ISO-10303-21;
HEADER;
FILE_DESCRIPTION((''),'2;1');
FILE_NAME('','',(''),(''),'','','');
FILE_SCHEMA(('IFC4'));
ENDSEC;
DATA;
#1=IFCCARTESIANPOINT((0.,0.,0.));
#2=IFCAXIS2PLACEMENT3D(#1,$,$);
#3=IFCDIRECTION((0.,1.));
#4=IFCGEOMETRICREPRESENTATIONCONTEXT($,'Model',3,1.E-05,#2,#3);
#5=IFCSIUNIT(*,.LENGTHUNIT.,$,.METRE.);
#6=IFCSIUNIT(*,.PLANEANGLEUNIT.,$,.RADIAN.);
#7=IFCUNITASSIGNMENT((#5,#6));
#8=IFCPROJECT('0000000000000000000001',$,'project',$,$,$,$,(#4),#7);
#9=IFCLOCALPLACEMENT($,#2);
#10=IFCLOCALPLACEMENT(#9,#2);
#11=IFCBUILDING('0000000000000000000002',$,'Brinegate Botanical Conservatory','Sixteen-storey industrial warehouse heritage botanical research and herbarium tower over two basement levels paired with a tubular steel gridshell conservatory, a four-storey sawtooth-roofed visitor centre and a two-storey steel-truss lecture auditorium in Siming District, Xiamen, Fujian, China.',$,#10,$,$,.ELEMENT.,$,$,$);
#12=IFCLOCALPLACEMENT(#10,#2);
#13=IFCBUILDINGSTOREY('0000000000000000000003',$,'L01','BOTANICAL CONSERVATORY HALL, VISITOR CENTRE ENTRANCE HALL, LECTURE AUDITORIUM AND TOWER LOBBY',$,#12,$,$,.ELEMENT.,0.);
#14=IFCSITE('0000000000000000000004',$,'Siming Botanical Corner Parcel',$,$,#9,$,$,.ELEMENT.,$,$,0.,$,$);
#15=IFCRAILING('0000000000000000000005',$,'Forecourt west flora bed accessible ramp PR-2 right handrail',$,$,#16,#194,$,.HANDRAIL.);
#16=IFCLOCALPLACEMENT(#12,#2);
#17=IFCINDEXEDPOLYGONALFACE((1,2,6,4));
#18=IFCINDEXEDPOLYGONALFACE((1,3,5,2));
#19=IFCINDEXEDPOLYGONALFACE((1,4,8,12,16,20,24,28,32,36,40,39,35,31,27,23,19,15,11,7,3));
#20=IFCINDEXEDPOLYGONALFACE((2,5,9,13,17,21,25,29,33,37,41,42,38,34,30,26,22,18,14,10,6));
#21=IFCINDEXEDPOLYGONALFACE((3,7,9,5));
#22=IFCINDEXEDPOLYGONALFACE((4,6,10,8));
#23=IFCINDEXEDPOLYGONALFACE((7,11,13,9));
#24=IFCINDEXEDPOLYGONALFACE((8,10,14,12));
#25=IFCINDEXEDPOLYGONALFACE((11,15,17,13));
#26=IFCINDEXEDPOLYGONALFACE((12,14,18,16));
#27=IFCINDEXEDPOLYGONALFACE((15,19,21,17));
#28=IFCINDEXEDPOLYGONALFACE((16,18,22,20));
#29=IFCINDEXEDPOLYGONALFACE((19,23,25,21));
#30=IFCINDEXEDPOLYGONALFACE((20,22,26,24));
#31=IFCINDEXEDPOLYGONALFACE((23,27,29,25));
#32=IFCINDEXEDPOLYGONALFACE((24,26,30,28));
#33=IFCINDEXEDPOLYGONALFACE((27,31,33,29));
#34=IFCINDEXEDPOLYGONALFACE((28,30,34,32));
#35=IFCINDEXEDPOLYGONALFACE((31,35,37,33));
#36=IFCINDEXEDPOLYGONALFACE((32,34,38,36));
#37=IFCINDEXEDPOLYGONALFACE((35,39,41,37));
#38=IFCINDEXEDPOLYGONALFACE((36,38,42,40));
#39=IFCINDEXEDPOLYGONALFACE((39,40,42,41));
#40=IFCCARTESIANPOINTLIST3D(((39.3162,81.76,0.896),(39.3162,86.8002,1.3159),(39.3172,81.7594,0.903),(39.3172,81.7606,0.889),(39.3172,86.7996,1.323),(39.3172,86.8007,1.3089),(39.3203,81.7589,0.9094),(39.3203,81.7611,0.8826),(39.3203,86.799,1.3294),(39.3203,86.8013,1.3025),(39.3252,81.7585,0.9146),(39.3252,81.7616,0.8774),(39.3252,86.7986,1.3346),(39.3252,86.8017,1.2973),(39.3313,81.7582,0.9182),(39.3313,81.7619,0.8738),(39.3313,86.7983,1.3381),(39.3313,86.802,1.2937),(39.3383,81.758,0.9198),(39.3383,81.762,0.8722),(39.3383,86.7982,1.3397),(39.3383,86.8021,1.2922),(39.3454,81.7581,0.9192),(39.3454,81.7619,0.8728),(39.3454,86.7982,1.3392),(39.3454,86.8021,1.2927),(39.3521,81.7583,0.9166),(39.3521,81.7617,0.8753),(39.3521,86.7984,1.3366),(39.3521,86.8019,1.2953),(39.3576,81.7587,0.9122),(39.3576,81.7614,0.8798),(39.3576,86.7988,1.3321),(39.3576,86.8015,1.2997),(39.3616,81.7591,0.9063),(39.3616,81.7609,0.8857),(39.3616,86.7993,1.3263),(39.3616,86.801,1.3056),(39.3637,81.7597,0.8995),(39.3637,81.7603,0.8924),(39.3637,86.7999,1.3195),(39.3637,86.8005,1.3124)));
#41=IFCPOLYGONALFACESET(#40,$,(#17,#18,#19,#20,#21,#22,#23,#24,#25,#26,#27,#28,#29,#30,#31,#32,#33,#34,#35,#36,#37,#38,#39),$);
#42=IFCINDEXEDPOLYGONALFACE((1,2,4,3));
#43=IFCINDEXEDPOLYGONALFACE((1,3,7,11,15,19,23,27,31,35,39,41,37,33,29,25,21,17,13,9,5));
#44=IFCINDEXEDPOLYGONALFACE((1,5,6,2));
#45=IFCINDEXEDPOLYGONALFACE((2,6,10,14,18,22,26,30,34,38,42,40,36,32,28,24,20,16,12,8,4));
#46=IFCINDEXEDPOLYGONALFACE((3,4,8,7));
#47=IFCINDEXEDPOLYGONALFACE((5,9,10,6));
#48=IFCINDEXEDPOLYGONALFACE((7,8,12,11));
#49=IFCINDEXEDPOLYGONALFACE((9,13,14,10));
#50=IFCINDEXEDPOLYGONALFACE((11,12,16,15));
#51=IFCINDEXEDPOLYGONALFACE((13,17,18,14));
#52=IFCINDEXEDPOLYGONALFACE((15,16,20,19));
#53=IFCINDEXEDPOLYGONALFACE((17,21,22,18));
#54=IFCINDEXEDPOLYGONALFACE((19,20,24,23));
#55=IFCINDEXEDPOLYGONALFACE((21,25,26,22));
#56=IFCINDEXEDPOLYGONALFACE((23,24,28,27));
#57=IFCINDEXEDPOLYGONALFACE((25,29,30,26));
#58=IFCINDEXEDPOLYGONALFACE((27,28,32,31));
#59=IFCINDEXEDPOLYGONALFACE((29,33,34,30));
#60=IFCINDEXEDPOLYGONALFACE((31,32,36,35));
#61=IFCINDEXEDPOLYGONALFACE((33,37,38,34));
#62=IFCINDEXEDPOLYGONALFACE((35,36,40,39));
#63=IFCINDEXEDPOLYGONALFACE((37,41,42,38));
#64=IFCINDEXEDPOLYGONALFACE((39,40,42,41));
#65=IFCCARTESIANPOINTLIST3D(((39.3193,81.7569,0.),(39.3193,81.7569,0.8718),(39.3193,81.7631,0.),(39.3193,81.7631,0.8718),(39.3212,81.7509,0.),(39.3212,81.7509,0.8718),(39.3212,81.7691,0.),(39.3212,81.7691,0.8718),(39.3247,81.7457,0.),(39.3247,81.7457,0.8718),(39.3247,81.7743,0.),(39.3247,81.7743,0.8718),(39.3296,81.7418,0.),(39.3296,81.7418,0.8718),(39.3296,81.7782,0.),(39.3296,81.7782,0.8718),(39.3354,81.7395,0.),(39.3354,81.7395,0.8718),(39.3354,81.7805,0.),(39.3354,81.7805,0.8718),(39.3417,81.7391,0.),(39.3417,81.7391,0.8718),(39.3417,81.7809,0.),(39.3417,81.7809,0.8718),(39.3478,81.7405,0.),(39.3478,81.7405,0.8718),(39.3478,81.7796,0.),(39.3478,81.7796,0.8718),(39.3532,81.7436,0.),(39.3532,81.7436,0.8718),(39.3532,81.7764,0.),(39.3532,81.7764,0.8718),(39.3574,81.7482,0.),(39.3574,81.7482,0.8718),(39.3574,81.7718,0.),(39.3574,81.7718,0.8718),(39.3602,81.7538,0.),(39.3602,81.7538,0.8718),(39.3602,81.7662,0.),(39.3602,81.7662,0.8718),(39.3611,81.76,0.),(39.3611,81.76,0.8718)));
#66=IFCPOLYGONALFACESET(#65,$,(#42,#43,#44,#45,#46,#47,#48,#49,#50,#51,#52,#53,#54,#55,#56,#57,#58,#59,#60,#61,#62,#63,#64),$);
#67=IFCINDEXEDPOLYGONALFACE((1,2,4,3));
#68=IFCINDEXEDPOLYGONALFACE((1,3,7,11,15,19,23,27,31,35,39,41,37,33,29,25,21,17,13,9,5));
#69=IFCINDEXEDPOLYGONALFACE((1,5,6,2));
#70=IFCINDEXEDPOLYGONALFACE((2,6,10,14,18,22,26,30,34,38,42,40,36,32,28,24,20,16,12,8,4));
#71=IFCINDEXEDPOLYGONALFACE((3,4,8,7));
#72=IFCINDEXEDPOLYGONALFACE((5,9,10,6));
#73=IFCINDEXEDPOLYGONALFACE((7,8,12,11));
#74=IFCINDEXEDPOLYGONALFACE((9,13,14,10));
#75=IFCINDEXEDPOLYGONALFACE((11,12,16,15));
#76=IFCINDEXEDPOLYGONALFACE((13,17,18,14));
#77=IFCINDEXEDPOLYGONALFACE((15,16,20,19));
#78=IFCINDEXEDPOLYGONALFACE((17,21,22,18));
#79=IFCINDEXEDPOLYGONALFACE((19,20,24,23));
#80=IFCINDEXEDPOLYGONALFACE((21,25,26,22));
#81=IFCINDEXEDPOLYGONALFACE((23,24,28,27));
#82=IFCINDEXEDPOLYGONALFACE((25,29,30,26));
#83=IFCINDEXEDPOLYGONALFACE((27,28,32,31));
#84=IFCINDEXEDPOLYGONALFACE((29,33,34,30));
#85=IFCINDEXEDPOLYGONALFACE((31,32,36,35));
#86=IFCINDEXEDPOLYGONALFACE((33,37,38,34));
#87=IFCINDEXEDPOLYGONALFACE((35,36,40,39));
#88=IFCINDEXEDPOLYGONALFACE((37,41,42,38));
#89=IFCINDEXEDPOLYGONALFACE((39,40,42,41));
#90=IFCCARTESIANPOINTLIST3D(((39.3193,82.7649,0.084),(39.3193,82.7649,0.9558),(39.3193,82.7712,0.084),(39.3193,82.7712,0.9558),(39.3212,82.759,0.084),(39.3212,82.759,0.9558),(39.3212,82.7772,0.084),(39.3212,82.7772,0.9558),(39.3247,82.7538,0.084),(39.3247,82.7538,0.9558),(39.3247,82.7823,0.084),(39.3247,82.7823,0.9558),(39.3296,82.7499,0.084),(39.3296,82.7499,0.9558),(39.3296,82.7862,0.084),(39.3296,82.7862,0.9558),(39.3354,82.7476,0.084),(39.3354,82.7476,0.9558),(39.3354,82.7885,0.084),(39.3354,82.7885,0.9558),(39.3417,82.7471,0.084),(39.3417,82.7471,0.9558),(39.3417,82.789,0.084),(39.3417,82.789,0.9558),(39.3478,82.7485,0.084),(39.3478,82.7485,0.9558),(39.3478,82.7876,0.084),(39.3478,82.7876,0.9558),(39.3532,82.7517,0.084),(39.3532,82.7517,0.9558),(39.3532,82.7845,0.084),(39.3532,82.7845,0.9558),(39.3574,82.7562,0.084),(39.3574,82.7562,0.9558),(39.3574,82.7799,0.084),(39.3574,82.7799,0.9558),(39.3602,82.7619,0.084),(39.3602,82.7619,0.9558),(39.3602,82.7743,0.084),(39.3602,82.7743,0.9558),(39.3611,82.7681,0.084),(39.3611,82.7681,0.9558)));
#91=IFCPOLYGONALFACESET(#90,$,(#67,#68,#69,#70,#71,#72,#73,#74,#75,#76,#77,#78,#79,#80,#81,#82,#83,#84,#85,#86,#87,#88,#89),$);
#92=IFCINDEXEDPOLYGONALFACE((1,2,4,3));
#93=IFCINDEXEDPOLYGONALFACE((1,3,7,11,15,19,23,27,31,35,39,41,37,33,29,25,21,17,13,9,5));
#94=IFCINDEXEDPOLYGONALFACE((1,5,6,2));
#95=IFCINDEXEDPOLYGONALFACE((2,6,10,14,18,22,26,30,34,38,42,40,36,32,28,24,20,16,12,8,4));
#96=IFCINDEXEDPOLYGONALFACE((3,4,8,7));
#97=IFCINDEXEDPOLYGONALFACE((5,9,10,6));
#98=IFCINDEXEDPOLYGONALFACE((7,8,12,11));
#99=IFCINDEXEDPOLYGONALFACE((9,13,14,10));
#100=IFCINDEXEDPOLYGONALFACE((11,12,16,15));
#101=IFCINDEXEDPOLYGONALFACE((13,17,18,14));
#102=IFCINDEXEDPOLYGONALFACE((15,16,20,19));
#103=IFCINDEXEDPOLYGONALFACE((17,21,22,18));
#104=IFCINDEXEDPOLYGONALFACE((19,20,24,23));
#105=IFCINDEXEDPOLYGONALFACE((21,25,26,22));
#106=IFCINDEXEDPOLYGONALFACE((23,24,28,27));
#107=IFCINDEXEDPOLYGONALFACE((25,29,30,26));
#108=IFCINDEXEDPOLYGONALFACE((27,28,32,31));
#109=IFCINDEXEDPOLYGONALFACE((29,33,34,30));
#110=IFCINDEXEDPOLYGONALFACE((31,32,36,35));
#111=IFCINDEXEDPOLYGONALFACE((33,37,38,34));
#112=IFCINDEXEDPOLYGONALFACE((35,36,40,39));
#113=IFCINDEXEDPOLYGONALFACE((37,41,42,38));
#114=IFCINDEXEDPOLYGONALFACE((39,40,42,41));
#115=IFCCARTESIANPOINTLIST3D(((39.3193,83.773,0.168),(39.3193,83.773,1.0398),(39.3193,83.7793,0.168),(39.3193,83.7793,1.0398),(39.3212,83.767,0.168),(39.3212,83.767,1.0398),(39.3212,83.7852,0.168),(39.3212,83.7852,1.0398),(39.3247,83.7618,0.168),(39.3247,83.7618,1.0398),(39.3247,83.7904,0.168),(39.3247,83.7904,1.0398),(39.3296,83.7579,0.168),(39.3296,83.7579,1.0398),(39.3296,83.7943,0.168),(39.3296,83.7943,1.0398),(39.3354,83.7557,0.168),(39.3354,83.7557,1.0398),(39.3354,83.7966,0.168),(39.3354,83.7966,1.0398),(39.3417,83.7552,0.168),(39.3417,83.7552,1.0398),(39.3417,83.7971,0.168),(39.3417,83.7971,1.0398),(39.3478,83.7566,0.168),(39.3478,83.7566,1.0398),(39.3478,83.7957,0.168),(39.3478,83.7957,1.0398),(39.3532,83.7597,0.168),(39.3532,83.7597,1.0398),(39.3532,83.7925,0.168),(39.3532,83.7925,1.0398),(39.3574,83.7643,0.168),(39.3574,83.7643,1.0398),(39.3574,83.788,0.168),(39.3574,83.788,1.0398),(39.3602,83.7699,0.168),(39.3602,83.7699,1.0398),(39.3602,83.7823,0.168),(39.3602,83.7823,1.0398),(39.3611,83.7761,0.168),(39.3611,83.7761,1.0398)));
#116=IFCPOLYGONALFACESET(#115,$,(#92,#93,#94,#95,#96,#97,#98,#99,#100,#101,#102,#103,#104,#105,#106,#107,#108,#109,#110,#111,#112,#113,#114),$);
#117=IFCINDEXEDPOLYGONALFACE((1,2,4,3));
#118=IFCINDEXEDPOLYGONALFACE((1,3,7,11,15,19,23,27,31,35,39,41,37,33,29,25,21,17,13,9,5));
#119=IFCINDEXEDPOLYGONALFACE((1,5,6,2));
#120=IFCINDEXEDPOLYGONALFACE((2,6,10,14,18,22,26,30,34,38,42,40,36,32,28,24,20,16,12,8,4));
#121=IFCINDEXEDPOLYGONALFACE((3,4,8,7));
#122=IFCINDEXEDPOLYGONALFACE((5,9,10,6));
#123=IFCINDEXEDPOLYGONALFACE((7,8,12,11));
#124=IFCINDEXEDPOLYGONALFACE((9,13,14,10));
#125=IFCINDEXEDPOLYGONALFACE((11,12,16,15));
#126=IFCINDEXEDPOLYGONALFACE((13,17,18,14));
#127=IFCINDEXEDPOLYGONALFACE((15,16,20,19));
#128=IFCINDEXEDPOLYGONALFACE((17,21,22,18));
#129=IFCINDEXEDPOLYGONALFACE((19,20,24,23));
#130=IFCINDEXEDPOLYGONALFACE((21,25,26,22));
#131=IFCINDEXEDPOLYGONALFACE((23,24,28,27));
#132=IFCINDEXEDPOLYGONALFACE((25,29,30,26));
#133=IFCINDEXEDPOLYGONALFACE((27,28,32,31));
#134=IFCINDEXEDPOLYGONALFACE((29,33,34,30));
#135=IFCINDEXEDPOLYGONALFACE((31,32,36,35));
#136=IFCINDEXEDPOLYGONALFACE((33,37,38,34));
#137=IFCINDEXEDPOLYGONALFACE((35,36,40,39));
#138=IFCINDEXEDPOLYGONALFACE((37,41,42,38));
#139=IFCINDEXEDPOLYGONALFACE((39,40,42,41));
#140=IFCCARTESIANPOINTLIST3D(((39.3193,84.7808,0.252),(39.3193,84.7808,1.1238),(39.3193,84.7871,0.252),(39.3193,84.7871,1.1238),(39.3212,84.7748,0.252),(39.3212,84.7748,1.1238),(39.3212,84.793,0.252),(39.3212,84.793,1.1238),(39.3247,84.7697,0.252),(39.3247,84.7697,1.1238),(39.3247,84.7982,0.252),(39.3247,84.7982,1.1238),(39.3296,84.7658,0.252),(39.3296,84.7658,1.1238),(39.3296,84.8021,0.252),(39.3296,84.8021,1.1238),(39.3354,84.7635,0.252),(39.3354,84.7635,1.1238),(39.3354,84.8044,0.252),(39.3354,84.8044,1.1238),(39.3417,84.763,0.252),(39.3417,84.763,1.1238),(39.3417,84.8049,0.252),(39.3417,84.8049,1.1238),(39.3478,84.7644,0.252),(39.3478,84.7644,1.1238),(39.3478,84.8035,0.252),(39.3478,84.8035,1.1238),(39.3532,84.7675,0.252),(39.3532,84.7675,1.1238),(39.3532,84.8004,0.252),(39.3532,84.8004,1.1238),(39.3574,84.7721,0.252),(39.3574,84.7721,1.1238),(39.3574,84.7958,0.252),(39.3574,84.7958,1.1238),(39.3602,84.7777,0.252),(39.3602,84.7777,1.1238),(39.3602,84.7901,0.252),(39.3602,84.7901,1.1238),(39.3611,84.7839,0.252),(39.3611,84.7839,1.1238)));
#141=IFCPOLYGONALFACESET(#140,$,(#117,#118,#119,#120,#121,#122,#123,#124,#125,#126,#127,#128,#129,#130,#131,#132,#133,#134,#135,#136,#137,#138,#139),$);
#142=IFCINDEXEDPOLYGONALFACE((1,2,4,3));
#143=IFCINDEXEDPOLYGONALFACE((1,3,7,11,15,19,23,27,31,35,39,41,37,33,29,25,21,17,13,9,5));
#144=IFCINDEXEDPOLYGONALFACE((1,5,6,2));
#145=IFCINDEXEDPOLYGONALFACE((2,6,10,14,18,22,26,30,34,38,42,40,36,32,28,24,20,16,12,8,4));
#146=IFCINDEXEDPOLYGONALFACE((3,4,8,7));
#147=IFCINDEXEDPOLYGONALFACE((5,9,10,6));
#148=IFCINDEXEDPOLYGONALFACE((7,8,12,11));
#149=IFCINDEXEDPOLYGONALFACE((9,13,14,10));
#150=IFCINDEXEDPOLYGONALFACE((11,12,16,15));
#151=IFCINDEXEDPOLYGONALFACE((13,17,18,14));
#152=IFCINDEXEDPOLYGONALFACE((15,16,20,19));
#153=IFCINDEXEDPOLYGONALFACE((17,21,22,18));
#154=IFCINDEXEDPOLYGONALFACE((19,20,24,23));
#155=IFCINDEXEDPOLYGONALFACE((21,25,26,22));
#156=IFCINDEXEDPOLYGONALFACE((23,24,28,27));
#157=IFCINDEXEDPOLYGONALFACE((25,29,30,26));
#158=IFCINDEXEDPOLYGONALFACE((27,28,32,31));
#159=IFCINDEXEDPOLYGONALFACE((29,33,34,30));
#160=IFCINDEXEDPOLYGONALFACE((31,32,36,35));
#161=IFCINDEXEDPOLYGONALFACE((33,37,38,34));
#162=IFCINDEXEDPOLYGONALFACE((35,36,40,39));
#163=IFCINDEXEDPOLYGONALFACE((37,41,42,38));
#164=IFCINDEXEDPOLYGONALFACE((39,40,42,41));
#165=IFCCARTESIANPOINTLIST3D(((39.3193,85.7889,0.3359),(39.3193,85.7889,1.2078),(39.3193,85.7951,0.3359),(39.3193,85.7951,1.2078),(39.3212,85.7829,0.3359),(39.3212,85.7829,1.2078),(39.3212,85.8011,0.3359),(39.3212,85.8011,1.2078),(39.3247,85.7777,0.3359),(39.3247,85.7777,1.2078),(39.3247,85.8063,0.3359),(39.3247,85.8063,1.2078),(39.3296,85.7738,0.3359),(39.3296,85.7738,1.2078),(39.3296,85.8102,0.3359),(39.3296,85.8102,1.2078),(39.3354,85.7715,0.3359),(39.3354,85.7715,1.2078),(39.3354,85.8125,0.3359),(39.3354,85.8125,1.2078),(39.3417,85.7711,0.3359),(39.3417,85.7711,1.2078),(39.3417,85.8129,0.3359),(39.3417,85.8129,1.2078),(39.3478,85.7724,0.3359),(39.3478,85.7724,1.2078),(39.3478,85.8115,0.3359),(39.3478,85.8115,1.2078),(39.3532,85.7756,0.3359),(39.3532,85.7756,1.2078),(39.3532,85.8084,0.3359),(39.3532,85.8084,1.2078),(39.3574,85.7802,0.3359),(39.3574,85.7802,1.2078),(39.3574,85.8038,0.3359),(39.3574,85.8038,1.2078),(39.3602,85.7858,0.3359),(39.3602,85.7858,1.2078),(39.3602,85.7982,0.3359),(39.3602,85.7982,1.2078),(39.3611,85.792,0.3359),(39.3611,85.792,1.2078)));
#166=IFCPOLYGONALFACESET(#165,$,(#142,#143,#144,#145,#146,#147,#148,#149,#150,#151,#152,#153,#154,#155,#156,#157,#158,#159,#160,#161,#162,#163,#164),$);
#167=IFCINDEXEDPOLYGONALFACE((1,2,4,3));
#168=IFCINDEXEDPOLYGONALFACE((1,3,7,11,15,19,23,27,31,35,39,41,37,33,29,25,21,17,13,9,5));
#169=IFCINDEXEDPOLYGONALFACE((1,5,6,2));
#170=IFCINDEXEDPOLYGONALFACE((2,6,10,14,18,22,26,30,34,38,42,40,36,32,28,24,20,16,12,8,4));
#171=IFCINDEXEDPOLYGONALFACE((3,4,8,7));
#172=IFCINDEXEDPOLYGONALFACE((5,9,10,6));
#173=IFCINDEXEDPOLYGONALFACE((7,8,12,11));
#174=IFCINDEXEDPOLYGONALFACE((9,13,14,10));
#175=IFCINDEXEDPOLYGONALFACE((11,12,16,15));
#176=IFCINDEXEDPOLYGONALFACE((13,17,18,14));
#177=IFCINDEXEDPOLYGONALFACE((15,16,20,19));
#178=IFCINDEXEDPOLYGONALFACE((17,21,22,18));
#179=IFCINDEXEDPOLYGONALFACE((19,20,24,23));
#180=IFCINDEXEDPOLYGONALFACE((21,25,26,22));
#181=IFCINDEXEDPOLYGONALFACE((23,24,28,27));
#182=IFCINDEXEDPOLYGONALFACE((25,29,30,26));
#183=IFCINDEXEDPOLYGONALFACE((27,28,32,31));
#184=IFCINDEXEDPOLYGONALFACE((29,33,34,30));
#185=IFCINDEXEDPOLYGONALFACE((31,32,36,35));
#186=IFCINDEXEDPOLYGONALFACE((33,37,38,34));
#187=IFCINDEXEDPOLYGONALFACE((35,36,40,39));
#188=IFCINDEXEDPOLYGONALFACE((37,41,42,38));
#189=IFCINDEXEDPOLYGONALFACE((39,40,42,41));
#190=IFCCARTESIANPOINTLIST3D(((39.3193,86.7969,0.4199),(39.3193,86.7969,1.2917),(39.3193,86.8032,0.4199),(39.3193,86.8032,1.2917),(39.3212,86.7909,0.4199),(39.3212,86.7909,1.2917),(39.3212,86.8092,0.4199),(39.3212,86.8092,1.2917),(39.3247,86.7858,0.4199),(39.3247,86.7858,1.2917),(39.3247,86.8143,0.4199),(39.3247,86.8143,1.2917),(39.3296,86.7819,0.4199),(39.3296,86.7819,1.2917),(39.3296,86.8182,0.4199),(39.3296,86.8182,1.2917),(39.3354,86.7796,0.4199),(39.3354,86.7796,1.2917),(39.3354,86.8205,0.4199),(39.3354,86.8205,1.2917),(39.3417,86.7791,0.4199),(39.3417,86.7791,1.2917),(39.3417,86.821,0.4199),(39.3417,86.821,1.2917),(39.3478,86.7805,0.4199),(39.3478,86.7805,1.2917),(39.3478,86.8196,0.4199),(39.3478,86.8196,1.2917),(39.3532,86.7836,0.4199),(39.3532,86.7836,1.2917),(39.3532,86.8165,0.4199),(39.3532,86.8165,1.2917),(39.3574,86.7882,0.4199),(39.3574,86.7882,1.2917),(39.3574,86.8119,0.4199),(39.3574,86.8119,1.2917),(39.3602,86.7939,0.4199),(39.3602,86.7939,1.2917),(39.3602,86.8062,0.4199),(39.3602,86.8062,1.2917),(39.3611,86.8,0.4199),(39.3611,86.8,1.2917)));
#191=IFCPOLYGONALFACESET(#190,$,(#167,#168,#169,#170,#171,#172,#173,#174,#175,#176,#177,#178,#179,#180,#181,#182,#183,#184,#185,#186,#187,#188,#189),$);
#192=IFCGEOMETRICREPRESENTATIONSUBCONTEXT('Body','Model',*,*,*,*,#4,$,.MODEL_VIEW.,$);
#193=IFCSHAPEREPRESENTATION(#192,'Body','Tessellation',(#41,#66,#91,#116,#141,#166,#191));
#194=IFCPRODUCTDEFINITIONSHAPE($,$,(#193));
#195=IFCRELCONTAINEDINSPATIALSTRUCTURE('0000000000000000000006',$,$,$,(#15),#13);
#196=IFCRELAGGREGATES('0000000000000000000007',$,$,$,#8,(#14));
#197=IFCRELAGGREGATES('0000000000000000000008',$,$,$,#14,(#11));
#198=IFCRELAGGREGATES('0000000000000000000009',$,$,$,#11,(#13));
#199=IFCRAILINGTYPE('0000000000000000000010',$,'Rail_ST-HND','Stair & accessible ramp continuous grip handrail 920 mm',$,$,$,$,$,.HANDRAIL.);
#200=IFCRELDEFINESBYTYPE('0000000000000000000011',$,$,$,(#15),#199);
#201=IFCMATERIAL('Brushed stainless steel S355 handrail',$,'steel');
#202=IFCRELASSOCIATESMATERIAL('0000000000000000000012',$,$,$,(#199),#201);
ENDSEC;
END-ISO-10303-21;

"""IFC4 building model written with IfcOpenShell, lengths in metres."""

from ifc_helpers import new_model, si_unit, direction, frame, origin, origin_2d, place, context, subcontext, project, spatial, circle, extrude, material, type_object, element, save


model = new_model("IFC4")

# Units and contexts
model_context = context("Model", 3, precision=1e-05, world=origin(), true_north=direction((0.0, 1.0)))
body_context = subcontext(model_context, "Body", "Model", "MODEL_VIEW")
ifc_project = project(units=[si_unit("LENGTHUNIT", "METRE"), si_unit("PLANEANGLEUNIT", "RADIAN")], contexts=[model_context])

# Site, building, storey
site_placement = place(None, origin())
site = spatial("IfcSite", under=ifc_project, at=site_placement, Name="Siming Botanical Corner Parcel", CompositionType="ELEMENT", RefElevation=0.0)
building_placement = place(site_placement, origin())
building = spatial("IfcBuilding", under=site, at=building_placement, Name="Brinegate Botanical Conservatory", Description="Sixteen-storey industrial warehouse heritage botanical research and herbarium tower over two basement levels paired with a tubular steel gridshell conservatory, a four-storey sawtooth-roofed visitor centre and a two-storey steel-truss lecture auditorium in Siming District, Xiamen, Fujian, China.", CompositionType="ELEMENT")
storey_placement = place(building_placement, origin())
storey = spatial("IfcBuildingStorey", under=building, at=storey_placement, Name="L01", Description="BOTANICAL CONSERVATORY HALL, VISITOR CENTRE ENTRANCE HALL, LECTURE AUDITORIUM AND TOWER LOBBY", CompositionType="ELEMENT", Elevation=0.0)

# Railing
ifc_material_1 = material(Name="Brushed stainless steel S355 handrail", Category="steel")
railing_type = type_object("IfcRailingType", Name="Rail_ST-HND", Description="Stair & accessible ramp continuous grip handrail 920 mm", PredefinedType="HANDRAIL", material=ifc_material_1)
for number, where, name in (
    (1, (39.3401, 81.76, 0.0), "Forecourt west flora bed accessible ramp PR-2 right handrail"),
):
    element("IfcRailing", number, at=place(storey_placement, frame(where)), inside=storey, type_object=railing_type, Name=name, PredefinedType="HANDRAIL", context=body_context, shape_type="SweptSolid", body=[
        extrude(circle(Radius=0.0239, at=origin_2d()), frame((0.0, 0.0, 0.896), z_axis=(0.0, 0.996547, 0.083029), x_axis=(-1.0, 0.0, 0.0)), (0.0, 0.0, 1.0), 5.0576),
        extrude(circle(Radius=0.021, at=origin_2d()), origin(), (0.0, 0.0, 1.0), 0.8718),
        extrude(circle(Radius=0.021, at=origin_2d()), frame((0.0, 1.0081, 0.084)), (0.0, 0.0, 1.0), 0.8718),
        extrude(circle(Radius=0.021, at=origin_2d()), frame((0.0, 2.0161, 0.168)), (0.0, 0.0, 1.0), 0.8718),
        extrude(circle(Radius=0.021, at=origin_2d()), frame((0.0, 3.0239, 0.252)), (0.0, 0.0, 1.0), 0.8718),
        extrude(circle(Radius=0.021, at=origin_2d()), frame((0.0, 4.032, 0.3359)), (0.0, 0.0, 1.0), 0.8718),
        extrude(circle(Radius=0.021, at=origin_2d()), frame((0.0, 5.04, 0.4199)), (0.0, 0.0, 1.0), 0.8718),
    ])

save(model, "model.ifc")
